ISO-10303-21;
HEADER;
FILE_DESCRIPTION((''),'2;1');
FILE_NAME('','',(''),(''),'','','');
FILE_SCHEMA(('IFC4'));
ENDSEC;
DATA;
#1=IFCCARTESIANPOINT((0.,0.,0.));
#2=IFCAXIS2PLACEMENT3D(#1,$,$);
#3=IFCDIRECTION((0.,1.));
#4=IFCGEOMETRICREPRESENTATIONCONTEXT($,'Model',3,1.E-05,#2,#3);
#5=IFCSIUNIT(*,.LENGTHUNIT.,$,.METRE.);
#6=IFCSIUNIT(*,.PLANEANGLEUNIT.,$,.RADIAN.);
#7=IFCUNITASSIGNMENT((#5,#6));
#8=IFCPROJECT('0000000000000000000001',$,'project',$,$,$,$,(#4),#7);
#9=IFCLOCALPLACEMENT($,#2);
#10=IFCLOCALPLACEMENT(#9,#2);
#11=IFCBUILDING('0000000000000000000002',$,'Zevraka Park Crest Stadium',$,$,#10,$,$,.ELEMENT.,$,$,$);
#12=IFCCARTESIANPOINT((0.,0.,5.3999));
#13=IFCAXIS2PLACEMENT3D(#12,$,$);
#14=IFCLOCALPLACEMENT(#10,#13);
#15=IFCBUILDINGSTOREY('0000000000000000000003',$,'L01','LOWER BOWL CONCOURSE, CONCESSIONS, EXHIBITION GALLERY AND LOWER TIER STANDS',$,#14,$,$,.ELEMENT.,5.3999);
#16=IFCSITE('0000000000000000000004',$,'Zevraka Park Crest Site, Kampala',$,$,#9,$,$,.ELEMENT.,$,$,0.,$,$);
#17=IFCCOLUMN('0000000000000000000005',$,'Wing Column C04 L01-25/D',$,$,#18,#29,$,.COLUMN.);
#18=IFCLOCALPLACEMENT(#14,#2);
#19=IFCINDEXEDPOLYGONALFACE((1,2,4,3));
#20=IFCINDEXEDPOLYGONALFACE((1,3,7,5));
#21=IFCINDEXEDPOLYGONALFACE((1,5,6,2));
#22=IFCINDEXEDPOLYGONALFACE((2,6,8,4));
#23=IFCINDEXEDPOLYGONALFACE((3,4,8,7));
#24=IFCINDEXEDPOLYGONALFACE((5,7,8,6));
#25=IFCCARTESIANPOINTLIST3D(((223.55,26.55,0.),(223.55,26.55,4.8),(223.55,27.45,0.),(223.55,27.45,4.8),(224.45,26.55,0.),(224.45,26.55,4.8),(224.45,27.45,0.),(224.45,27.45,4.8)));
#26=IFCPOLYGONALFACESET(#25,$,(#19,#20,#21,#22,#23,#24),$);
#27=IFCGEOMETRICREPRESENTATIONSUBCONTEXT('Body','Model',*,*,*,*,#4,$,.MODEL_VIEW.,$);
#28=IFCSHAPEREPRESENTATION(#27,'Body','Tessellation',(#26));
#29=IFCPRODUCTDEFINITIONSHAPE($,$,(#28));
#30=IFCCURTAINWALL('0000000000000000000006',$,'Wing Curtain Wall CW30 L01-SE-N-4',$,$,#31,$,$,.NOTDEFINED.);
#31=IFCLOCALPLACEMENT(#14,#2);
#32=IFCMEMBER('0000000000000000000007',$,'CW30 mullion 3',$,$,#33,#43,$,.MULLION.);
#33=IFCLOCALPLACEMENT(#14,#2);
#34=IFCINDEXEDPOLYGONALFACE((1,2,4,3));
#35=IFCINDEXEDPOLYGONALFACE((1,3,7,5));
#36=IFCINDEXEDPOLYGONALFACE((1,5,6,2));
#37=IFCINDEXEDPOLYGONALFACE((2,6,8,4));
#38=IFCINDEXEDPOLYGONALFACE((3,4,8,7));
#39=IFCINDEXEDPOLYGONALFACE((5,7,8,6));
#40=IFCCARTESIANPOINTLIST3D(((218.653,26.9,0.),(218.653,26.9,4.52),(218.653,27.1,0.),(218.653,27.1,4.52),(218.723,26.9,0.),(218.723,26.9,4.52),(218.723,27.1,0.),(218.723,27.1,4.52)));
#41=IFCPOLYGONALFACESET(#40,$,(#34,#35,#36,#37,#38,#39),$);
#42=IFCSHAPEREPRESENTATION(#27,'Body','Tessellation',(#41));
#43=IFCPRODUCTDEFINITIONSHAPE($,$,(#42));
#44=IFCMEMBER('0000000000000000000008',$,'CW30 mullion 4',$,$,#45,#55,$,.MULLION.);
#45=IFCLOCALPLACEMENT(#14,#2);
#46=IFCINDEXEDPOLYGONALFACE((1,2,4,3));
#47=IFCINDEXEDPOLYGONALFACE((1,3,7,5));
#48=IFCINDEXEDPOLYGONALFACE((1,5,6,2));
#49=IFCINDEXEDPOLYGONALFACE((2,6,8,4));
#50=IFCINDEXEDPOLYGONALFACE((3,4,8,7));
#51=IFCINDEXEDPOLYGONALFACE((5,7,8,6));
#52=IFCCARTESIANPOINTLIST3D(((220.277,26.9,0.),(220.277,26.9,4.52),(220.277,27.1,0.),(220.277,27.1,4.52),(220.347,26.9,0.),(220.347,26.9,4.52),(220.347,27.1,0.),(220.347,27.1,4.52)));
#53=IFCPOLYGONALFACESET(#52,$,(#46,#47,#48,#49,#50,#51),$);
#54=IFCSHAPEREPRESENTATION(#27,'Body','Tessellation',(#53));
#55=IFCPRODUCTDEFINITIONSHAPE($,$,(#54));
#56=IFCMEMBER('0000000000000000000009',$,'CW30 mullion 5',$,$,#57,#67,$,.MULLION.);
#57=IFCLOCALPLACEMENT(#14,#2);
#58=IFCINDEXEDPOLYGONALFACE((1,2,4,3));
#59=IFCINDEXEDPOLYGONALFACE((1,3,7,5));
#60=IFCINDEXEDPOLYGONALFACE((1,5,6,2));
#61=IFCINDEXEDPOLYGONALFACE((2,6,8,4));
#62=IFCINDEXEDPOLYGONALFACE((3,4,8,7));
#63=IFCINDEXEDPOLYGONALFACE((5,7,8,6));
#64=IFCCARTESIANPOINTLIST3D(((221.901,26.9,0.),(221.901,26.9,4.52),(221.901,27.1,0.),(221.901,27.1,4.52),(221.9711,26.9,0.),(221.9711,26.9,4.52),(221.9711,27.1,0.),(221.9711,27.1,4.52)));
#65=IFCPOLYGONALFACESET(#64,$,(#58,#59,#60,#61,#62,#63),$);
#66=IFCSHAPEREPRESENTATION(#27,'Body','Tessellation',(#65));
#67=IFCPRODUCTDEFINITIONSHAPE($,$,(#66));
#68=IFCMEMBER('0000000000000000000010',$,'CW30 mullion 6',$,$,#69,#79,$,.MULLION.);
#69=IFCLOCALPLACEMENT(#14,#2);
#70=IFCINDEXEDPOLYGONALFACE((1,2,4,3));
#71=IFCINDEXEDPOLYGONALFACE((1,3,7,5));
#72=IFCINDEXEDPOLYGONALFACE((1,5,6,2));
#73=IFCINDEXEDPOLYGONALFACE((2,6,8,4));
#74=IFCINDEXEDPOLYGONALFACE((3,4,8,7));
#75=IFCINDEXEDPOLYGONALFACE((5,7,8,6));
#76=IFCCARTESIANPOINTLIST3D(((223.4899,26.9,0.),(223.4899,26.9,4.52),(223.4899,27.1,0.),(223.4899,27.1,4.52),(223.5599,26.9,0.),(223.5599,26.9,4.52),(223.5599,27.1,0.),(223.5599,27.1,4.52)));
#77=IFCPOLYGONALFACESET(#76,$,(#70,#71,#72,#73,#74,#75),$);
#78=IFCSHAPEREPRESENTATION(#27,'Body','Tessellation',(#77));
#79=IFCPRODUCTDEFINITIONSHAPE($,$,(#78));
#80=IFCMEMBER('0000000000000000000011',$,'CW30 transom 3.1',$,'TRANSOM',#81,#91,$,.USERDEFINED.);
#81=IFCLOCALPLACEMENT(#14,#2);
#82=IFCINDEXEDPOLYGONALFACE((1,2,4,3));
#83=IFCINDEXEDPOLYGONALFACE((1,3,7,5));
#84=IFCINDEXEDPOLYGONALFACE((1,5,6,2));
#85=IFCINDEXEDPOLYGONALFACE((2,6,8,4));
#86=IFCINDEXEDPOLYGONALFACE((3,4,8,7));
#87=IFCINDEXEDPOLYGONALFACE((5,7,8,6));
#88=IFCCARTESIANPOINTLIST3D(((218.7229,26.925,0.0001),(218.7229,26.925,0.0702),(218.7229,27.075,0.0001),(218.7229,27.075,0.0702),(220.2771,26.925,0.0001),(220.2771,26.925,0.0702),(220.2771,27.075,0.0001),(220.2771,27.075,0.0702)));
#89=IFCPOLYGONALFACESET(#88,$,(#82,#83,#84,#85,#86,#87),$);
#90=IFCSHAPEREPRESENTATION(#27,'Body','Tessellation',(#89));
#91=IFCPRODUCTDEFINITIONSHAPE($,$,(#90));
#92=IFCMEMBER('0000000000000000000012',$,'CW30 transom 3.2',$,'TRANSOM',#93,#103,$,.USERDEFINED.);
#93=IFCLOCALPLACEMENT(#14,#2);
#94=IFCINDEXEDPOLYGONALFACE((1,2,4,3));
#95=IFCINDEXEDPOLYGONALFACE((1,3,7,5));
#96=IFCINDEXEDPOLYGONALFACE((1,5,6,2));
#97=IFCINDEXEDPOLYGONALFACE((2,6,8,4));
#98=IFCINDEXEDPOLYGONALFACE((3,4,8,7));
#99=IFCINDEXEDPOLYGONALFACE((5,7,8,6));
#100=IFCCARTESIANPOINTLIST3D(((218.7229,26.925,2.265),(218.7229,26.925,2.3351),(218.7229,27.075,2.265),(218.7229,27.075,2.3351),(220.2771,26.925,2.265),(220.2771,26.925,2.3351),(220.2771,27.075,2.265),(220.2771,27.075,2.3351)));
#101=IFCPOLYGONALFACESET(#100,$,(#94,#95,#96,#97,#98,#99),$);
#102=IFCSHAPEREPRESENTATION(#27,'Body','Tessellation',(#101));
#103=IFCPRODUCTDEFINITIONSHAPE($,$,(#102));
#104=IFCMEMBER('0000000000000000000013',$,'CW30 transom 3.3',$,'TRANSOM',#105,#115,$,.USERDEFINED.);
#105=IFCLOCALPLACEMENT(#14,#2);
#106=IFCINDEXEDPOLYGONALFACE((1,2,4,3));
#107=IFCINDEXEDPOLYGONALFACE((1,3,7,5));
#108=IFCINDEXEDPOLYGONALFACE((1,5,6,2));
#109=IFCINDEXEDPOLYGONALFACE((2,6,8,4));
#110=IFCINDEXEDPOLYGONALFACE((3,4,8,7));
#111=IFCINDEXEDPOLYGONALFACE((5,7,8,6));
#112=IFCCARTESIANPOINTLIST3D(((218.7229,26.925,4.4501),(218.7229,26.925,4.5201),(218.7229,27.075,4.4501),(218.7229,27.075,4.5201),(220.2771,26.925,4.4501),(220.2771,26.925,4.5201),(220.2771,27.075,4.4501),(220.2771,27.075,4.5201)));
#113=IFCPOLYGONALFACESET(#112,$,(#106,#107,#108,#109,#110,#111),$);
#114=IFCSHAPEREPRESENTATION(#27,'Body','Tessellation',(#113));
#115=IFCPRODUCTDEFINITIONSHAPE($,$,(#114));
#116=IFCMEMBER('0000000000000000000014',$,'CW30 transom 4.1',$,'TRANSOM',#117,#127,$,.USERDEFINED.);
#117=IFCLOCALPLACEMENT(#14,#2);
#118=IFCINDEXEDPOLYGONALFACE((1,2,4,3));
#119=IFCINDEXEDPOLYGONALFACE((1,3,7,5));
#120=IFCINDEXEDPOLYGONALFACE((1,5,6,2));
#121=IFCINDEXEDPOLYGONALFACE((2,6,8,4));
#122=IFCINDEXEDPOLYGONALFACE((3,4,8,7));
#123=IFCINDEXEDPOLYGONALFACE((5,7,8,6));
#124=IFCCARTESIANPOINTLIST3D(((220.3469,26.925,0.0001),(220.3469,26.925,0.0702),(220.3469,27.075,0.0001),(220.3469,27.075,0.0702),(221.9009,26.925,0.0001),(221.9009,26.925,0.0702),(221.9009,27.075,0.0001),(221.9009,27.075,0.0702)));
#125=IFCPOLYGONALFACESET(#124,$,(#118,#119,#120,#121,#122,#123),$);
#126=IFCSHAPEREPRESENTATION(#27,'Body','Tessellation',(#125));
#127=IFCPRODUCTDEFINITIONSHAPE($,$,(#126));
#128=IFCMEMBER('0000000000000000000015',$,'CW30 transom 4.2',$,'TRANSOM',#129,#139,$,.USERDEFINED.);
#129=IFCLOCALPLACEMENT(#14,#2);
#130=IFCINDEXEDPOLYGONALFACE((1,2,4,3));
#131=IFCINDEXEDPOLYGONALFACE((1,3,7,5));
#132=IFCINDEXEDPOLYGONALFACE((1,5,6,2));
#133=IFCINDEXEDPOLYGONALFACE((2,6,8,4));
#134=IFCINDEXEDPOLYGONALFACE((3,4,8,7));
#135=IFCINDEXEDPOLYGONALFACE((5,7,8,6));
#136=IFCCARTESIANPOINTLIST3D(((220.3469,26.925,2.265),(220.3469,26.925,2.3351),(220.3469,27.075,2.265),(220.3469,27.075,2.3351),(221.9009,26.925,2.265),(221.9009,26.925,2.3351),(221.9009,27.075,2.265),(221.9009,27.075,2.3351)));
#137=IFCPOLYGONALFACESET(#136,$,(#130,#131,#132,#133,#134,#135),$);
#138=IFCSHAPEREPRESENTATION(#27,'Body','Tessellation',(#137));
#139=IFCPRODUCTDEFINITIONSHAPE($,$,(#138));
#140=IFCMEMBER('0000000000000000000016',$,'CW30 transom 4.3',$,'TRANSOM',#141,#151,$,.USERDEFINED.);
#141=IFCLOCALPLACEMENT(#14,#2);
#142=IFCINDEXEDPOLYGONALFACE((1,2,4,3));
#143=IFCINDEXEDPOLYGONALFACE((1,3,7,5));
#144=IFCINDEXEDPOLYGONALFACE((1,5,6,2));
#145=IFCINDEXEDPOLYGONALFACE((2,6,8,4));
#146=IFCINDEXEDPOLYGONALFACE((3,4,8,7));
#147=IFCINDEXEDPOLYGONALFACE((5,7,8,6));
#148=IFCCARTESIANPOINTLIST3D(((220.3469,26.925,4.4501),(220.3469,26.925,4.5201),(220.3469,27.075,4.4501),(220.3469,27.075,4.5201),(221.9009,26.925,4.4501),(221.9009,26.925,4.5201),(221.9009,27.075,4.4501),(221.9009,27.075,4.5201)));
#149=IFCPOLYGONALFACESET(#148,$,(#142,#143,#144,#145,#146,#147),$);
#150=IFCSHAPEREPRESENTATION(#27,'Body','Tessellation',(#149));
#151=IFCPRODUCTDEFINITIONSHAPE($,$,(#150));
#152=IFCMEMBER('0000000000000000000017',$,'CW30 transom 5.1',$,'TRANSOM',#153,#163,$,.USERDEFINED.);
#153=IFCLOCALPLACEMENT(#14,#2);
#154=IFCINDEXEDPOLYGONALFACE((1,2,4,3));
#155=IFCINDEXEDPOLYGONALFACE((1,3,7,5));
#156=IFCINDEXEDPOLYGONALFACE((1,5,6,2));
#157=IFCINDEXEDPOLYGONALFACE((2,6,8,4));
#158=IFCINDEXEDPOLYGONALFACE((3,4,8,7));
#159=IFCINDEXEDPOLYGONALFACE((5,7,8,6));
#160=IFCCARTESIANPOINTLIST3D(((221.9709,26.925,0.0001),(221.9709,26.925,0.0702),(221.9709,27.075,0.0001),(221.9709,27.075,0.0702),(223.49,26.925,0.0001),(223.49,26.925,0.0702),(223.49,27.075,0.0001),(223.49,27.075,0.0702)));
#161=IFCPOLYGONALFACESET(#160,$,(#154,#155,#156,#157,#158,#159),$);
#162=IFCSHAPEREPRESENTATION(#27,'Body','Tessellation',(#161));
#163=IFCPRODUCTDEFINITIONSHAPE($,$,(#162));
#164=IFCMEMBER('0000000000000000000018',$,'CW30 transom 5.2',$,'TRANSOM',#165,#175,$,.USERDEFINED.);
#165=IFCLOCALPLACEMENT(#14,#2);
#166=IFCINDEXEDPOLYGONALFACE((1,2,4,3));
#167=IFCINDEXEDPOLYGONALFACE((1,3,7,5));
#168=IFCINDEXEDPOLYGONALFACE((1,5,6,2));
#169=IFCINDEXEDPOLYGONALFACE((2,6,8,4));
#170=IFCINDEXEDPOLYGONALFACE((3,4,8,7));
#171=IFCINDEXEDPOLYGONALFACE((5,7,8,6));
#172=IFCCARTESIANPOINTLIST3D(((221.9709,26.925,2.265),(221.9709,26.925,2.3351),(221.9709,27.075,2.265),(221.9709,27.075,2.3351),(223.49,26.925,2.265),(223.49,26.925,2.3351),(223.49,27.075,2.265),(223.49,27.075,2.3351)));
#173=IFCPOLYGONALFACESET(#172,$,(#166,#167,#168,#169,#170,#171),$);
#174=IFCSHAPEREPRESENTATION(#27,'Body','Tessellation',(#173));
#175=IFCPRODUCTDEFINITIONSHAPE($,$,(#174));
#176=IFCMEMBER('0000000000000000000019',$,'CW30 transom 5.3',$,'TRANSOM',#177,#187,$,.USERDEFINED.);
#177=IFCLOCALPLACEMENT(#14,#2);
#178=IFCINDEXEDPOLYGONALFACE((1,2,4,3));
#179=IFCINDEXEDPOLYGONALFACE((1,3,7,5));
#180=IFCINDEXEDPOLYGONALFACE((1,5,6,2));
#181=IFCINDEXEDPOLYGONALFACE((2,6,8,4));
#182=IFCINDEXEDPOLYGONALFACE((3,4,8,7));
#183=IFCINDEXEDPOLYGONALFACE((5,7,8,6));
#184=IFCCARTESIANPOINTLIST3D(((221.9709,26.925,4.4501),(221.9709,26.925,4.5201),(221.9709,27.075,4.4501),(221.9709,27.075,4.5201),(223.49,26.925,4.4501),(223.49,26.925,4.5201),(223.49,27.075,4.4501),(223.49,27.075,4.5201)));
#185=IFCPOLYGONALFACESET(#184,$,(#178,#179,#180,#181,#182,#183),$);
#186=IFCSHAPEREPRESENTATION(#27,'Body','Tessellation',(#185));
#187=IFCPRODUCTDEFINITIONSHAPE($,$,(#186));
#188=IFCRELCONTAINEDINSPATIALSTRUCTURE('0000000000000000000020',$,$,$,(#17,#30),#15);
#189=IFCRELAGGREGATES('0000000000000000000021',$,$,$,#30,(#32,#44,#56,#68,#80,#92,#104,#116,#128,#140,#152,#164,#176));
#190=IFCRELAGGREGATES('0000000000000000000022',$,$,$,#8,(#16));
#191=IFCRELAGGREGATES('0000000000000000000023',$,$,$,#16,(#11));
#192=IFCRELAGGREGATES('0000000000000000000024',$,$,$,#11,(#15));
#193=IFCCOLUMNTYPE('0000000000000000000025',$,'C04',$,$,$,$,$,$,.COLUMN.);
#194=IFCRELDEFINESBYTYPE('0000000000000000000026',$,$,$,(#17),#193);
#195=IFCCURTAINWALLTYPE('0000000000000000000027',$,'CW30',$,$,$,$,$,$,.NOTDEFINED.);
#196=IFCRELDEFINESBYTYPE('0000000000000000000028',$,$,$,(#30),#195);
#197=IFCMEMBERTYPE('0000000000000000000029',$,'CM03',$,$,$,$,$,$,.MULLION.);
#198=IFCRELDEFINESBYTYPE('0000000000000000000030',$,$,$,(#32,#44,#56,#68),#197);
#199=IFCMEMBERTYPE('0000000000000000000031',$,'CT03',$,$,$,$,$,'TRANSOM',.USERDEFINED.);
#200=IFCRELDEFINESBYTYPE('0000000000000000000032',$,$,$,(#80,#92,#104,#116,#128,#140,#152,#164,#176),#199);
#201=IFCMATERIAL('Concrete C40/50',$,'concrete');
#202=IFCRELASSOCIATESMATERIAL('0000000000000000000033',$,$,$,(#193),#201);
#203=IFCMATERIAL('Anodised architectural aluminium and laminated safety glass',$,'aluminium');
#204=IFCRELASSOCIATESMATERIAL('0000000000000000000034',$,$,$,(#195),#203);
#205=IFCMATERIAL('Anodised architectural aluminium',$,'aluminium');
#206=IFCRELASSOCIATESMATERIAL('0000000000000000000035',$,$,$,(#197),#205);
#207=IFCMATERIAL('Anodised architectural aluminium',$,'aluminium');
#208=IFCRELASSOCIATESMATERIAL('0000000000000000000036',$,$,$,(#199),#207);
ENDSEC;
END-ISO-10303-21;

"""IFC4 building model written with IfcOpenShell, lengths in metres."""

from ifc_helpers import new_model, si_unit, direction, frame, origin, origin_2d, place, context, subcontext, project, spatial, rectangle, extrude, material, material_profile, profile_set, type_object, element, aggregate, save


model = new_model("IFC4")

# Units and contexts
model_context = context("Model", 3, precision=1e-05, world=origin(), true_north=direction((0.0, 1.0)))
body_context = subcontext(model_context, "Body", "Model", "MODEL_VIEW")
ifc_project = project(units=[si_unit("LENGTHUNIT", "METRE"), si_unit("PLANEANGLEUNIT", "RADIAN")], contexts=[model_context])

# Site, building, storey
site_placement = place(None, origin())
site = spatial("IfcSite", under=ifc_project, at=site_placement, Name="Zevraka Park Crest Site, Kampala", CompositionType="ELEMENT", RefElevation=0.0)
building_placement = place(site_placement, origin())
building = spatial("IfcBuilding", under=site, at=building_placement, Name="Zevraka Park Crest Stadium", CompositionType="ELEMENT")
storey_placement = place(building_placement, frame((0.0, 0.0, 5.3999)))
storey = spatial("IfcBuildingStorey", under=building, at=storey_placement, Name="L01", Description="LOWER BOWL CONCOURSE, CONCESSIONS, EXHIBITION GALLERY AND LOWER TIER STANDS", CompositionType="ELEMENT", Elevation=5.3999)

# Column
ifc_material_1 = material(Name="Concrete C40/50", Category="concrete")
ifc_material_profile_1 = material_profile(ifc_material_1, rectangle(XDim=0.8999, YDim=0.8999, at=origin_2d()), Name="RC 900x900")
ifc_profile_set_1 = profile_set([ifc_material_profile_1], Name="Concrete C40/50")
column_type = type_object("IfcColumnType", Name="C04", PredefinedType="COLUMN", material=ifc_profile_set_1)
column_placement = place(storey_placement, frame((224.0, 27.0, 0.0), z_axis=(0.0, 0.0, 1.0), x_axis=(1.0, 0.0, 0.0)))
element("IfcColumn", 1, at=column_placement, inside=storey, type_object=column_type, Name="Wing Column C04 L01-25/D", PredefinedType="COLUMN", context=body_context, shape_type="SweptSolid", body=[
    extrude(rectangle(XDim=0.8999, YDim=0.8999, at=origin_2d()), origin(), (0.0, 0.0, 1.0), 4.8),
])

# Curtain wall, members
ifc_material_2 = material(Name="Anodised architectural aluminium and laminated safety glass", Category="aluminium")
curtain_wall_type = type_object("IfcCurtainWallType", Name="CW30", PredefinedType="NOTDEFINED", material=ifc_material_2)
curtain_wall_placement = place(storey_placement, origin())
curtain_wall = element("IfcCurtainWall", 2, at=curtain_wall_placement, inside=storey, type_object=curtain_wall_type, Name="Wing Curtain Wall CW30 L01-SE-N-4", PredefinedType="NOTDEFINED")
ifc_material_3 = material(Name="Anodised architectural aluminium", Category="aluminium")
ifc_material_profile_2 = material_profile(ifc_material_3, rectangle(XDim=0.2, YDim=0.0701, at=origin_2d()), Name="ALU MULLION 200x70")
ifc_profile_set_2 = profile_set([ifc_material_profile_2], Name="Anodised architectural aluminium")
member_type_1 = type_object("IfcMemberType", Name="CM03", PredefinedType="MULLION", material=ifc_profile_set_2)
member_1_placement = place(storey_placement, frame((218.688, 27.0, 0.0), z_axis=(0.0, 0.0, 1.0), x_axis=(0.0, 1.0, 0.0)))
member_1 = element("IfcMember", 3, at=member_1_placement, type_object=member_type_1, Name="CW30 mullion 3", PredefinedType="MULLION", context=body_context, shape_type="SweptSolid", body=[
    extrude(rectangle(XDim=0.2, YDim=0.0701, at=origin_2d()), origin(), (0.0, 0.0, 1.0), 4.52),
])
member_2_placement = place(storey_placement, frame((220.312, 27.0, 0.0), z_axis=(0.0, 0.0, 1.0), x_axis=(0.0, 1.0, 0.0)))
member_2 = element("IfcMember", 4, at=member_2_placement, type_object=member_type_1, Name="CW30 mullion 4", PredefinedType="MULLION", context=body_context, shape_type="SweptSolid", body=[
    extrude(rectangle(XDim=0.2, YDim=0.0701, at=origin_2d()), origin(), (0.0, 0.0, 1.0), 4.52),
])
member_3_placement = place(storey_placement, frame((221.936, 27.0, 0.0), z_axis=(0.0, 0.0, 1.0), x_axis=(0.0, 1.0, 0.0)))
member_3 = element("IfcMember", 5, at=member_3_placement, type_object=member_type_1, Name="CW30 mullion 5", PredefinedType="MULLION", context=body_context, shape_type="SweptSolid", body=[
    extrude(rectangle(XDim=0.2, YDim=0.0701, at=origin_2d()), origin(), (0.0, 0.0, 1.0), 4.52),
])
member_4_placement = place(storey_placement, frame((223.5249, 27.0, 0.0), z_axis=(0.0, 0.0, 1.0), x_axis=(0.0, 1.0, 0.0)))
member_4 = element("IfcMember", 6, at=member_4_placement, type_object=member_type_1, Name="CW30 mullion 6", PredefinedType="MULLION", context=body_context, shape_type="SweptSolid", body=[
    extrude(rectangle(XDim=0.2, YDim=0.0701, at=origin_2d()), origin(), (0.0, 0.0, 1.0), 4.52),
])
ifc_material_4 = material(Name="Anodised architectural aluminium", Category="aluminium")
ifc_material_profile_3 = material_profile(ifc_material_4, rectangle(XDim=0.1499, YDim=0.0701, at=origin_2d()), Name="ALU TRANSOM 150x70")
ifc_profile_set_3 = profile_set([ifc_material_profile_3], Name="Anodised architectural aluminium")
member_type_2 = type_object("IfcMemberType", Name="CT03", ElementType="TRANSOM", PredefinedType="USERDEFINED", material=ifc_profile_set_3)
member_5_placement = place(storey_placement, frame((218.7229, 27.0, 0.0352), z_axis=(1.0, 0.0, 0.0), x_axis=(0.0, 1.0, 0.0)))
member_5 = element("IfcMember", 7, at=member_5_placement, type_object=member_type_2, Name="CW30 transom 3.1", ObjectType="TRANSOM", PredefinedType="USERDEFINED", context=body_context, shape_type="SweptSolid", body=[
    extrude(rectangle(XDim=0.1499, YDim=0.0701, at=origin_2d()), origin(), (0.0, 0.0, 1.0), 1.5542),
])
member_6_placement = place(storey_placement, frame((218.7229, 27.0, 2.3), z_axis=(1.0, 0.0, 0.0), x_axis=(0.0, 1.0, 0.0)))
member_6 = element("IfcMember", 8, at=member_6_placement, type_object=member_type_2, Name="CW30 transom 3.2", ObjectType="TRANSOM", PredefinedType="USERDEFINED", context=body_context, shape_type="SweptSolid", body=[
    extrude(rectangle(XDim=0.1499, YDim=0.0701, at=origin_2d()), origin(), (0.0, 0.0, 1.0), 1.5542),
])
member_7_placement = place(storey_placement, frame((218.7229, 27.0, 4.4851), z_axis=(1.0, 0.0, 0.0), x_axis=(0.0, 1.0, 0.0)))
member_7 = element("IfcMember", 9, at=member_7_placement, type_object=member_type_2, Name="CW30 transom 3.3", ObjectType="TRANSOM", PredefinedType="USERDEFINED", context=body_context, shape_type="SweptSolid", body=[
    extrude(rectangle(XDim=0.1499, YDim=0.0701, at=origin_2d()), origin(), (0.0, 0.0, 1.0), 1.5542),
])
member_8_placement = place(storey_placement, frame((220.3469, 27.0, 0.0352), z_axis=(1.0, 0.0, 0.0), x_axis=(0.0, 1.0, 0.0)))
member_8 = element("IfcMember", 10, at=member_8_placement, type_object=member_type_2, Name="CW30 transom 4.1", ObjectType="TRANSOM", PredefinedType="USERDEFINED", context=body_context, shape_type="SweptSolid", body=[
    extrude(rectangle(XDim=0.1499, YDim=0.0701, at=origin_2d()), origin(), (0.0, 0.0, 1.0), 1.554),
])
member_9_placement = place(storey_placement, frame((220.3469, 27.0, 2.3), z_axis=(1.0, 0.0, 0.0), x_axis=(0.0, 1.0, 0.0)))
member_9 = element("IfcMember", 11, at=member_9_placement, type_object=member_type_2, Name="CW30 transom 4.2", ObjectType="TRANSOM", PredefinedType="USERDEFINED", context=body_context, shape_type="SweptSolid", body=[
    extrude(rectangle(XDim=0.1499, YDim=0.0701, at=origin_2d()), origin(), (0.0, 0.0, 1.0), 1.554),
])
member_10_placement = place(storey_placement, frame((220.3469, 27.0, 4.4851), z_axis=(1.0, 0.0, 0.0), x_axis=(0.0, 1.0, 0.0)))
member_10 = element("IfcMember", 12, at=member_10_placement, type_object=member_type_2, Name="CW30 transom 4.3", ObjectType="TRANSOM", PredefinedType="USERDEFINED", context=body_context, shape_type="SweptSolid", body=[
    extrude(rectangle(XDim=0.1499, YDim=0.0701, at=origin_2d()), origin(), (0.0, 0.0, 1.0), 1.554),
])
member_11_placement = place(storey_placement, frame((221.9709, 27.0, 0.0352), z_axis=(1.0, 0.0, 0.0), x_axis=(0.0, 1.0, 0.0)))
member_11 = element("IfcMember", 13, at=member_11_placement, type_object=member_type_2, Name="CW30 transom 5.1", ObjectType="TRANSOM", PredefinedType="USERDEFINED", context=body_context, shape_type="SweptSolid", body=[
    extrude(rectangle(XDim=0.1499, YDim=0.0701, at=origin_2d()), origin(), (0.0, 0.0, 1.0), 1.519),
])
member_12_placement = place(storey_placement, frame((221.9709, 27.0, 2.3), z_axis=(1.0, 0.0, 0.0), x_axis=(0.0, 1.0, 0.0)))
member_12 = element("IfcMember", 14, at=member_12_placement, type_object=member_type_2, Name="CW30 transom 5.2", ObjectType="TRANSOM", PredefinedType="USERDEFINED", context=body_context, shape_type="SweptSolid", body=[
    extrude(rectangle(XDim=0.1499, YDim=0.0701, at=origin_2d()), origin(), (0.0, 0.0, 1.0), 1.519),
])
member_13_placement = place(storey_placement, frame((221.9709, 27.0, 4.4851), z_axis=(1.0, 0.0, 0.0), x_axis=(0.0, 1.0, 0.0)))
member_13 = element("IfcMember", 15, at=member_13_placement, type_object=member_type_2, Name="CW30 transom 5.3", ObjectType="TRANSOM", PredefinedType="USERDEFINED", context=body_context, shape_type="SweptSolid", body=[
    extrude(rectangle(XDim=0.1499, YDim=0.0701, at=origin_2d()), origin(), (0.0, 0.0, 1.0), 1.519),
])
aggregate(curtain_wall, [member_1, member_2, member_3, member_4, member_5, member_6, member_7, member_8, member_9, member_10, member_11, member_12, member_13])

save(model, "model.ifc")
